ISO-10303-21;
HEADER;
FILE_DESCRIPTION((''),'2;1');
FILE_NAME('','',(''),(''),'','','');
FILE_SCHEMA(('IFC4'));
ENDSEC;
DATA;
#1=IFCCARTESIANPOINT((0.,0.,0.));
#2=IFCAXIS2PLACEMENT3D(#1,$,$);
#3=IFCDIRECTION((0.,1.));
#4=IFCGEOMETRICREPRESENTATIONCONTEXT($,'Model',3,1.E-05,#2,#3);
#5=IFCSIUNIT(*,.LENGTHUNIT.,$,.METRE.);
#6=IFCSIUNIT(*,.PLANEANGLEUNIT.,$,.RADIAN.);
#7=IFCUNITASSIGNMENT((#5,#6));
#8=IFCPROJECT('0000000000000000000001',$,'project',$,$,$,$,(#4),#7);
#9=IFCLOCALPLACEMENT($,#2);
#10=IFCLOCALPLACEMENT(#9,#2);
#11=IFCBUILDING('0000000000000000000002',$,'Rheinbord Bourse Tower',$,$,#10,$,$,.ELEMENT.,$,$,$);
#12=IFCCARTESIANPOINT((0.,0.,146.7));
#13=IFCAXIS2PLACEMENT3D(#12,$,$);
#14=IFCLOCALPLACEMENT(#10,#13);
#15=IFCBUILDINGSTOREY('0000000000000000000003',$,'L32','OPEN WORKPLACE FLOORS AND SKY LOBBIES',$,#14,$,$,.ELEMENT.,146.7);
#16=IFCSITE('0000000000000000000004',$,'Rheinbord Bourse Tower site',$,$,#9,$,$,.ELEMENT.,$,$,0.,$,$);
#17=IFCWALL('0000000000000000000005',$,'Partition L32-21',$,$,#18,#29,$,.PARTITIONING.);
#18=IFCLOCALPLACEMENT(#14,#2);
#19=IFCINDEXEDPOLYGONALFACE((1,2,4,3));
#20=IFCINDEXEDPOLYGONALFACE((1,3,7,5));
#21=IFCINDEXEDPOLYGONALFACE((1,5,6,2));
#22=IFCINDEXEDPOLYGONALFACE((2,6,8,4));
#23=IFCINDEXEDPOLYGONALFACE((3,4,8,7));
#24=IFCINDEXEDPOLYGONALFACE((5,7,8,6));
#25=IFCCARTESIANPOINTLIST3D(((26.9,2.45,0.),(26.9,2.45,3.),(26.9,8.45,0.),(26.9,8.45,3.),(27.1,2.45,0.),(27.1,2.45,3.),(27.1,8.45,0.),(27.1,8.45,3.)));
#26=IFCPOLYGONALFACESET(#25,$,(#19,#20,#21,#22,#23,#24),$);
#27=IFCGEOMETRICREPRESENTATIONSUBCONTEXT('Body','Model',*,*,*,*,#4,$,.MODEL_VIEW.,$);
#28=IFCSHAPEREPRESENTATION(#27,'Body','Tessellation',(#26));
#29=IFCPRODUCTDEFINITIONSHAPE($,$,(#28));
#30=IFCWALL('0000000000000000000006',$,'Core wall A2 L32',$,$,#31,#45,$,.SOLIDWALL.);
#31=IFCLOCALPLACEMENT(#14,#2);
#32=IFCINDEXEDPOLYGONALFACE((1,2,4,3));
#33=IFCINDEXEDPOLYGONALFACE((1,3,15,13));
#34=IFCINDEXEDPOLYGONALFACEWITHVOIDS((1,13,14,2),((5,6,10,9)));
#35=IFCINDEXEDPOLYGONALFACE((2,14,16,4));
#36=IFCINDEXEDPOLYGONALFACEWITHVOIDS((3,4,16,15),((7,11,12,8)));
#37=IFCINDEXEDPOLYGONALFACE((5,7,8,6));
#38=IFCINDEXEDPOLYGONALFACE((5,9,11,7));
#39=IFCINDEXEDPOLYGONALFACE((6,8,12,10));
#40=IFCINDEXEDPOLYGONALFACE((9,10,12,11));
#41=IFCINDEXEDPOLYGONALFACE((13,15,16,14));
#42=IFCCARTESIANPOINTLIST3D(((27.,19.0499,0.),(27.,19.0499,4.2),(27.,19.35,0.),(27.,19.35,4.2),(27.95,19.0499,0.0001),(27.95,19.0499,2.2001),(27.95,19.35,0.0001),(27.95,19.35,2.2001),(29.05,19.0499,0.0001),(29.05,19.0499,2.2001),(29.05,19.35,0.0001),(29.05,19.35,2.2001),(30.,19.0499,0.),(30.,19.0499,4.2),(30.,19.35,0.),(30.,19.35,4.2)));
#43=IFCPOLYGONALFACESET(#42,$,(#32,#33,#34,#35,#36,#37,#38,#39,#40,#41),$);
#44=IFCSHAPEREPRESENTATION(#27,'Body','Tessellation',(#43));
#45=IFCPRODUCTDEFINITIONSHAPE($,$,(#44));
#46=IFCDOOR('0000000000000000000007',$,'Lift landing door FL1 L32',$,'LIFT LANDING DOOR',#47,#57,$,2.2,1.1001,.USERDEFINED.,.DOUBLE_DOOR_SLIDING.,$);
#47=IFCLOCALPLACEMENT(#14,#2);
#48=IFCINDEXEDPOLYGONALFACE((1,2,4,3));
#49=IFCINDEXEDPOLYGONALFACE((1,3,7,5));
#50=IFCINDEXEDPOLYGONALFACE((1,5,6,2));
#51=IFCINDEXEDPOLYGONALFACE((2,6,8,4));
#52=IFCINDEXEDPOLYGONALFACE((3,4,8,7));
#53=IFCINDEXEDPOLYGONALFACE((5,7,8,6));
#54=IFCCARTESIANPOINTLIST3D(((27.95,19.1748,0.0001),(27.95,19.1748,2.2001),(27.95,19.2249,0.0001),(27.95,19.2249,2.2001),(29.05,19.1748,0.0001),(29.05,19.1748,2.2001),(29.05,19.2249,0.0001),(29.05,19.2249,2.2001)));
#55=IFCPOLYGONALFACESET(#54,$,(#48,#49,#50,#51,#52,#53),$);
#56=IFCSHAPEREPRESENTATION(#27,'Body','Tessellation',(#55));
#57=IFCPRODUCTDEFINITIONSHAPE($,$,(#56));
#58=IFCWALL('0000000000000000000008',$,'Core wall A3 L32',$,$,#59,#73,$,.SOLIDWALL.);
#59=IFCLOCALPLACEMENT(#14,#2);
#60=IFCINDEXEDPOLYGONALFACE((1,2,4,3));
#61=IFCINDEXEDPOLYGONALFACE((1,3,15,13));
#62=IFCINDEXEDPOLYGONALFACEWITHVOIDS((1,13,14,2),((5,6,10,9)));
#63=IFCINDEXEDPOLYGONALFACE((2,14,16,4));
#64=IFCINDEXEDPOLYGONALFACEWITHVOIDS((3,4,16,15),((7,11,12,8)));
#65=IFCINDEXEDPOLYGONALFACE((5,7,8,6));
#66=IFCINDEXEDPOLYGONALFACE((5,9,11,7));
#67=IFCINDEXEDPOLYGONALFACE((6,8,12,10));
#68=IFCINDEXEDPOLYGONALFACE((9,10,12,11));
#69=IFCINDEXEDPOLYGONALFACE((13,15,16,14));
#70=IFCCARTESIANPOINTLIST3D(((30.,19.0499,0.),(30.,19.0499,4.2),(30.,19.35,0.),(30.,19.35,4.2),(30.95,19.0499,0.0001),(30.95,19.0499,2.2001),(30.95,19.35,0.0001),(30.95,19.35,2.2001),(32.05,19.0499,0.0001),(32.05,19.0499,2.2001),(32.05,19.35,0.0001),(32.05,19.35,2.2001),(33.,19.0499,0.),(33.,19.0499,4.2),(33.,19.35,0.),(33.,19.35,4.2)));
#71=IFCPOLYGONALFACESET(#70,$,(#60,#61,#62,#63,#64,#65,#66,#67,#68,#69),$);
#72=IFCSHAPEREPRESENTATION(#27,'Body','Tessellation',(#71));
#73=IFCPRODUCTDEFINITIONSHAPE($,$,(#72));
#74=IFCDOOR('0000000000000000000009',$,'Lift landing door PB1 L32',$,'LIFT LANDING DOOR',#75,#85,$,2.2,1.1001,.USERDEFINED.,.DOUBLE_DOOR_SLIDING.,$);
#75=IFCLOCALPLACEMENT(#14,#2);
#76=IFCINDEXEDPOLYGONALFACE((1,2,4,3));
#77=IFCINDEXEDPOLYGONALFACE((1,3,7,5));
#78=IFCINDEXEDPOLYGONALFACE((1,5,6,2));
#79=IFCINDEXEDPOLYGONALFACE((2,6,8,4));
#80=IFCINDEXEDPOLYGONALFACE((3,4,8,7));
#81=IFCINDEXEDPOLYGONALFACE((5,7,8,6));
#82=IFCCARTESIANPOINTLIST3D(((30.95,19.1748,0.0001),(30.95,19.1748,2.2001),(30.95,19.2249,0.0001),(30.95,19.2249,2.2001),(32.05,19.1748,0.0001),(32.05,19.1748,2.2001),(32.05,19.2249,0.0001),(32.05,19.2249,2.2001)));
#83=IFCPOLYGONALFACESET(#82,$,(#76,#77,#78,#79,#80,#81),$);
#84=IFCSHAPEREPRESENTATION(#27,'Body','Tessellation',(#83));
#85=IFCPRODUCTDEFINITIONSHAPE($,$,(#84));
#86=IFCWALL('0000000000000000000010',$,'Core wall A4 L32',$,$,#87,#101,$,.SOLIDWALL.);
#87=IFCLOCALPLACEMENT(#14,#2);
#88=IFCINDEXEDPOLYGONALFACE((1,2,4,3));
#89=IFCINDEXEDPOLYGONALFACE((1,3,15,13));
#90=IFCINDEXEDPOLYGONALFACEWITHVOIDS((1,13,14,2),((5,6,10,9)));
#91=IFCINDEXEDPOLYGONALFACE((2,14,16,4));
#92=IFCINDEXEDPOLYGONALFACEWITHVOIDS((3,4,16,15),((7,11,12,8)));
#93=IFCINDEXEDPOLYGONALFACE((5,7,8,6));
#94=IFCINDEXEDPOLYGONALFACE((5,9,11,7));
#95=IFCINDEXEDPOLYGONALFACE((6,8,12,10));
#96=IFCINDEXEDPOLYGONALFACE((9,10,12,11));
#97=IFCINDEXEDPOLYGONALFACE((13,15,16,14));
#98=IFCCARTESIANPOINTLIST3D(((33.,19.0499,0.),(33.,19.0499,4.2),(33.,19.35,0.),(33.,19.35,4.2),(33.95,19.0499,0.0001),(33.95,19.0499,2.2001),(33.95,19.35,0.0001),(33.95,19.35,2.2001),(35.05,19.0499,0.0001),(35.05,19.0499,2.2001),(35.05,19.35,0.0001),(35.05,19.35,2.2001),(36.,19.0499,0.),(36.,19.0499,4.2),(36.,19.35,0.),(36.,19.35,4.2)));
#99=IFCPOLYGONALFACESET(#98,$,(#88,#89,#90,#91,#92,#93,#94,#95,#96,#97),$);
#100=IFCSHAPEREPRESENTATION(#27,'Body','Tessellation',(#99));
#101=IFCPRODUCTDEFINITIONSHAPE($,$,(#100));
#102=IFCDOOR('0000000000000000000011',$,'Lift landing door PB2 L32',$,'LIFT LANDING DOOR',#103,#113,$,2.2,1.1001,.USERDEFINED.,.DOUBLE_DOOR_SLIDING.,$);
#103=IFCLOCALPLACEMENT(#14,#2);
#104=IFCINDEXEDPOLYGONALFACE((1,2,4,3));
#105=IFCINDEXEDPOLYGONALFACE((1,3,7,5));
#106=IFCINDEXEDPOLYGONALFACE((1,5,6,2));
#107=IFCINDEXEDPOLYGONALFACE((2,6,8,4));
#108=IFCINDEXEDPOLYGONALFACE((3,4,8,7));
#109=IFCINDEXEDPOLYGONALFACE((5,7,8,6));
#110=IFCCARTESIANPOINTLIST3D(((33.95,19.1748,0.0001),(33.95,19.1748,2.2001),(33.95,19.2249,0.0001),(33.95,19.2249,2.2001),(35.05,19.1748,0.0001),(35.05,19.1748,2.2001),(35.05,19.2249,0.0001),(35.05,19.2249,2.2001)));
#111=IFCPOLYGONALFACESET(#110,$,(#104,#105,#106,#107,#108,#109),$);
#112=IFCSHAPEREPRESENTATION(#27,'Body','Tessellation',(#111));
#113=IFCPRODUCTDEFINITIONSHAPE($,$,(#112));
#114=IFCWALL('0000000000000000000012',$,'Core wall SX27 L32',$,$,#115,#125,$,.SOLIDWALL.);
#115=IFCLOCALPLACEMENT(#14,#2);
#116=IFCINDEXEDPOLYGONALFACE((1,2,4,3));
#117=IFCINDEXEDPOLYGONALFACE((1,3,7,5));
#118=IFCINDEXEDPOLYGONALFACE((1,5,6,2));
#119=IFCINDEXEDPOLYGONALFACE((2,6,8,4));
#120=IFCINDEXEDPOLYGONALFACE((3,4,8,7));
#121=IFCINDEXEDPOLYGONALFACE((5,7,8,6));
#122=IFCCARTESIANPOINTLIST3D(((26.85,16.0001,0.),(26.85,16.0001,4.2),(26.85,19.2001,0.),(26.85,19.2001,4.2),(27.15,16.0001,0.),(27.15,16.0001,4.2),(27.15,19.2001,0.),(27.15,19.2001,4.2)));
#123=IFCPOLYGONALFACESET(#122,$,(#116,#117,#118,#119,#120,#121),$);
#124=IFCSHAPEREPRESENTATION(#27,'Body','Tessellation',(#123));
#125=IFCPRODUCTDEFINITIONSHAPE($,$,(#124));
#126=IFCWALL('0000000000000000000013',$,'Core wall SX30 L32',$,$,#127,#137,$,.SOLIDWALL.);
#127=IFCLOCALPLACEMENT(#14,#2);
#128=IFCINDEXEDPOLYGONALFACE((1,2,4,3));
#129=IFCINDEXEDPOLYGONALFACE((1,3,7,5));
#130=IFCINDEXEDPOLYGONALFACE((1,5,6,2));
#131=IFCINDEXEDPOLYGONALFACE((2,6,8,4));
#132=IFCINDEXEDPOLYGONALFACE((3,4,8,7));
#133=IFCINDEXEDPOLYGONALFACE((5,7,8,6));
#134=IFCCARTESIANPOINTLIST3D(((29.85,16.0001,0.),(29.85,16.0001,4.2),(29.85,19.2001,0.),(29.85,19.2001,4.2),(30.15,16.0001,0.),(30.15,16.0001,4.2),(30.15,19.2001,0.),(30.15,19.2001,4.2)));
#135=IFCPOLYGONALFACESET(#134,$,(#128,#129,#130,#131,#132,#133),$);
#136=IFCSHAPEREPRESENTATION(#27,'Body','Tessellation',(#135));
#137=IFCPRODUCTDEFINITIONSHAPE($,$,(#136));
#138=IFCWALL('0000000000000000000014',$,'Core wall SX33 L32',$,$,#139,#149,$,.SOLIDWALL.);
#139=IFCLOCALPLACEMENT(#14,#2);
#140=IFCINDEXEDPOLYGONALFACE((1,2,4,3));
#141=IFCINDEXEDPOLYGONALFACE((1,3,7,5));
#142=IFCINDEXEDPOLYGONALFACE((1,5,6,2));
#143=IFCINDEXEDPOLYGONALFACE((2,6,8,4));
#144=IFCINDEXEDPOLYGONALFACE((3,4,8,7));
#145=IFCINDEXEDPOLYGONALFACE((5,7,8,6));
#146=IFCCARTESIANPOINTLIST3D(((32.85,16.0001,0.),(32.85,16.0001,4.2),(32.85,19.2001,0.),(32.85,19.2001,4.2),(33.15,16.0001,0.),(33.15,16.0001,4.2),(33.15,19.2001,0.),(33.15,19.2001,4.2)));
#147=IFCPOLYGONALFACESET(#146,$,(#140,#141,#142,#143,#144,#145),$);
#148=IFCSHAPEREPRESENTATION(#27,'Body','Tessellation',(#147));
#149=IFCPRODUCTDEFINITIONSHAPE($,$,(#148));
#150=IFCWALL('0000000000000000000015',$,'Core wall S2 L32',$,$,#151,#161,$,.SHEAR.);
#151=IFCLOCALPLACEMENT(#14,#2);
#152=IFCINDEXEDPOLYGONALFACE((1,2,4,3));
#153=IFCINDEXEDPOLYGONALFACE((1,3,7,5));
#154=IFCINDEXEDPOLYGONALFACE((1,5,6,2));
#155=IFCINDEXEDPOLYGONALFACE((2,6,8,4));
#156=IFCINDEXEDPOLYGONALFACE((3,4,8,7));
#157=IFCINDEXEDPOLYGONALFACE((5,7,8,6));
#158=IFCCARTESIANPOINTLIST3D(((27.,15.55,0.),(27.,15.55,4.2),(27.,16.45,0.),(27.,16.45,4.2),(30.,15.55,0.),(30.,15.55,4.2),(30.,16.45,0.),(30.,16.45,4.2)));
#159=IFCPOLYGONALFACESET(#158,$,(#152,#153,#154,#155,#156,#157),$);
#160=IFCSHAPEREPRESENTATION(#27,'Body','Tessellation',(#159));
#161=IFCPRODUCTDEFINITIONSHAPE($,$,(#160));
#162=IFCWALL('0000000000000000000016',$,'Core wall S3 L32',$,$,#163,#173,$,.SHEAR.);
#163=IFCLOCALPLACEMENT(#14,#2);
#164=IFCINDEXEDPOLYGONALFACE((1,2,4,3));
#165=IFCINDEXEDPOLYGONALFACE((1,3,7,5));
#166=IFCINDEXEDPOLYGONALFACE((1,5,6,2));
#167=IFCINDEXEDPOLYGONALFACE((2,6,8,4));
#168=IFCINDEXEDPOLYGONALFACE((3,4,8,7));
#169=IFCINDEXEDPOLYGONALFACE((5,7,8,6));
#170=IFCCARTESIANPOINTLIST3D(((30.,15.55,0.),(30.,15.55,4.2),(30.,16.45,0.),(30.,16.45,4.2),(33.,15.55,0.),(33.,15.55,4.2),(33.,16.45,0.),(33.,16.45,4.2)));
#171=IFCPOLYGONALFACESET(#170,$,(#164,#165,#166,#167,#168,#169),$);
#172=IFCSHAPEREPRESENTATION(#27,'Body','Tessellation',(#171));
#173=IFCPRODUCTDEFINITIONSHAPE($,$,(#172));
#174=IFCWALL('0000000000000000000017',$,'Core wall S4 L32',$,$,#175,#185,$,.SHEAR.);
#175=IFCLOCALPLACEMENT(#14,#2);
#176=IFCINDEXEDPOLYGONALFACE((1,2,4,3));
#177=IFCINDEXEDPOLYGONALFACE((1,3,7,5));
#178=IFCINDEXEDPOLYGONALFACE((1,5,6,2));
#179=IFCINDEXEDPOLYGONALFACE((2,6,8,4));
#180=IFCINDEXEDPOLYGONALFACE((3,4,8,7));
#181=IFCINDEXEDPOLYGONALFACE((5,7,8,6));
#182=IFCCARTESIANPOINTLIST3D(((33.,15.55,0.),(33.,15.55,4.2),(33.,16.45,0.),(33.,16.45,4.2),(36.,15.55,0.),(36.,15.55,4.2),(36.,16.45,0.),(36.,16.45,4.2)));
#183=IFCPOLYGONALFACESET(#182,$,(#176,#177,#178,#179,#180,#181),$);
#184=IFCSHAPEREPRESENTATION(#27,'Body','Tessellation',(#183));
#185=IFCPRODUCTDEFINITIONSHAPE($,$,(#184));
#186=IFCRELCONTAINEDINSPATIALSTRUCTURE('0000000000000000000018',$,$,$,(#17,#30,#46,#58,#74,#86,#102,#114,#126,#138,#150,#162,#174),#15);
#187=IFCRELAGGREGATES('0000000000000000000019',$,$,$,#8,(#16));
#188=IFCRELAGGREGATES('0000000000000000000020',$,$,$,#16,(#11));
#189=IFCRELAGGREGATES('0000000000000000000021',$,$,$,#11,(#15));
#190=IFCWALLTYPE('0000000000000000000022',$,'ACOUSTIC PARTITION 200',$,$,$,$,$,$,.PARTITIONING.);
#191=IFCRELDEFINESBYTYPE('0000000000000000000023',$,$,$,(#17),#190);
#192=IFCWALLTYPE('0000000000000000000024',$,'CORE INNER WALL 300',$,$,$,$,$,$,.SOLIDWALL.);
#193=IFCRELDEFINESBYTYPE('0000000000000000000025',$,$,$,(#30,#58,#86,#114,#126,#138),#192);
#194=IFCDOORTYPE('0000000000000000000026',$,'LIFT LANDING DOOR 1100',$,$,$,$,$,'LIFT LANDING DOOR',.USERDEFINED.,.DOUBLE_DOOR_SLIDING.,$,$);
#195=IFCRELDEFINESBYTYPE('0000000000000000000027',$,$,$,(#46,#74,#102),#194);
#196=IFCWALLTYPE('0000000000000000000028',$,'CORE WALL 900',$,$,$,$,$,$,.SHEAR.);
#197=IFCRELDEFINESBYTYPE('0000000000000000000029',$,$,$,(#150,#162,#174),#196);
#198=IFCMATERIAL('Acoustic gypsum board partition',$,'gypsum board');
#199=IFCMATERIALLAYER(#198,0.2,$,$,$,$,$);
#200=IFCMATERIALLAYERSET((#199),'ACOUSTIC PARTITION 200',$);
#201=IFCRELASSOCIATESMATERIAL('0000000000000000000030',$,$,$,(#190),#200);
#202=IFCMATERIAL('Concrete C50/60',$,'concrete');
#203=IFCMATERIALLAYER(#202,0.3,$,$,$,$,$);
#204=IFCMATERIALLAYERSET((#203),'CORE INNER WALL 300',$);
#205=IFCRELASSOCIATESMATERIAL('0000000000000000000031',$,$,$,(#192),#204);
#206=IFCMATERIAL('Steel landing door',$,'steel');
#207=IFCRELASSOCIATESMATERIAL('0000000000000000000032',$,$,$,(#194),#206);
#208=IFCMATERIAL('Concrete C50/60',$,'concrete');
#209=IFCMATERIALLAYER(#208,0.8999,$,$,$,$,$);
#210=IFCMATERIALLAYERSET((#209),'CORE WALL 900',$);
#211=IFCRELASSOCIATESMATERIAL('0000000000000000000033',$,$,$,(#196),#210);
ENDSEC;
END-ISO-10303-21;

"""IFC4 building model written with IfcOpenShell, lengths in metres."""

from ifc_helpers import new_model, si_unit, direction, frame, frame_2d, origin, place, context, subcontext, project, spatial, rectangle, extrude, material, layer, layer_set, type_object, element, fill, save


model = new_model("IFC4")

# Units and contexts
model_context = context("Model", 3, precision=1e-05, world=origin(), true_north=direction((0.0, 1.0)))
body_context = subcontext(model_context, "Body", "Model", "MODEL_VIEW")
ifc_project = project(units=[si_unit("LENGTHUNIT", "METRE"), si_unit("PLANEANGLEUNIT", "RADIAN")], contexts=[model_context])

# Site, building, storey
site_placement = place(None, origin())
site = spatial("IfcSite", under=ifc_project, at=site_placement, Name="Rheinbord Bourse Tower site", CompositionType="ELEMENT", RefElevation=0.0)
building_placement = place(site_placement, origin())
building = spatial("IfcBuilding", under=site, at=building_placement, Name="Rheinbord Bourse Tower", CompositionType="ELEMENT")
storey_placement = place(building_placement, frame((0.0, 0.0, 146.7)))
storey = spatial("IfcBuildingStorey", under=building, at=storey_placement, Name="L32", Description="OPEN WORKPLACE FLOORS AND SKY LOBBIES", CompositionType="ELEMENT", Elevation=146.7)

# Wall
ifc_material_1 = material(Name="Acoustic gypsum board partition", Category="gypsum board")
ifc_layer_1 = layer(ifc_material_1, 0.2)
ifc_layer_set_1 = layer_set([ifc_layer_1], Name="ACOUSTIC PARTITION 200")
wall_type_1 = type_object("IfcWallType", Name="ACOUSTIC PARTITION 200", PredefinedType="PARTITIONING", material=ifc_layer_set_1)
wall_1_placement = place(storey_placement, frame((27.0, 2.45, 0.0), z_axis=(0.0, 0.0, 1.0), x_axis=(0.0, 1.0, 0.0)))
element("IfcWall", 1, at=wall_1_placement, inside=storey, type_object=wall_type_1, Name="Partition L32-21", PredefinedType="PARTITIONING", context=body_context, shape_type="SweptSolid", body=[
    extrude(rectangle(XDim=6.0, YDim=0.2, at=frame_2d((3.0, 0.0))), origin(), (0.0, 0.0, 1.0), 3.0),
])

# Walls, openings, doors
ifc_material_2 = material(Name="Concrete C50/60", Category="concrete")
ifc_layer_2 = layer(ifc_material_2, 0.3)
ifc_layer_set_2 = layer_set([ifc_layer_2], Name="CORE INNER WALL 300")
wall_type_2 = type_object("IfcWallType", Name="CORE INNER WALL 300", PredefinedType="SOLIDWALL", material=ifc_layer_set_2)
wall_2_placement = place(storey_placement, frame((27.0, 19.2, 0.0), z_axis=(0.0, 0.0, 1.0), x_axis=(1.0, 0.0, 0.0)))
wall_2 = element("IfcWall", 2, at=wall_2_placement, inside=storey, type_object=wall_type_2, Name="Core wall A2 L32", PredefinedType="SOLIDWALL", context=body_context, shape_type="SweptSolid", body=[
    extrude(rectangle(XDim=3.0, YDim=0.3, at=frame_2d((1.5, 0.0))), origin(), (0.0, 0.0, 1.0), 4.2),
])
opening_1_placement = place(wall_2_placement, frame((0.95, 0.0, 0.0)))
opening_1 = element("IfcOpeningElement", 3, at=opening_1_placement, cuts=wall_2, PredefinedType="OPENING", context=body_context, shape_type="SweptSolid", body=[
    extrude(rectangle(XDim=1.1001, YDim=2.2, at=frame_2d((0.55, 1.1001))), frame((0.0, 0.1599, 0.0), z_axis=(0.0, -1.0, 0.0), x_axis=(1.0, 0.0, 0.0)), (0.0, 0.0, 1.0), 0.3201),
])
ifc_material_3 = material(Name="Steel landing door", Category="steel")
door_type_1 = type_object("IfcDoorType", Name="LIFT LANDING DOOR 1100", ElementType="LIFT LANDING DOOR", OperationType="DOUBLE_DOOR_SLIDING", PredefinedType="USERDEFINED", material=ifc_material_3)
door_1_placement = place(opening_1_placement, origin())
door_1 = element("IfcDoor", 4, at=door_1_placement, inside=storey, type_object=door_type_1, Name="Lift landing door FL1 L32", ObjectType="LIFT LANDING DOOR", OperationType="DOUBLE_DOOR_SLIDING", OverallHeight=2.2, OverallWidth=1.1001, PredefinedType="USERDEFINED", context=body_context, shape_type="SweptSolid", body=[
    extrude(rectangle(XDim=1.1001, YDim=2.2, at=frame_2d((0.55, 1.1001))), frame((0.0, 0.0249, 0.0), z_axis=(0.0, -1.0, 0.0), x_axis=(1.0, 0.0, 0.0)), (0.0, 0.0, 1.0), 0.05),
])
fill(opening_1, door_1)
wall_3_placement = place(storey_placement, frame((30.0, 19.2, 0.0), z_axis=(0.0, 0.0, 1.0), x_axis=(1.0, 0.0, 0.0)))
wall_3 = element("IfcWall", 5, at=wall_3_placement, inside=storey, type_object=wall_type_2, Name="Core wall A3 L32", PredefinedType="SOLIDWALL", context=body_context, shape_type="SweptSolid", body=[
    extrude(rectangle(XDim=3.0, YDim=0.3, at=frame_2d((1.5, 0.0))), origin(), (0.0, 0.0, 1.0), 4.2),
])
opening_2_placement = place(wall_3_placement, frame((0.95, 0.0, 0.0)))
opening_2 = element("IfcOpeningElement", 6, at=opening_2_placement, cuts=wall_3, PredefinedType="OPENING", context=body_context, shape_type="SweptSolid", body=[
    extrude(rectangle(XDim=1.1001, YDim=2.2, at=frame_2d((0.55, 1.1001))), frame((0.0, 0.1599, 0.0), z_axis=(0.0, -1.0, 0.0), x_axis=(1.0, 0.0, 0.0)), (0.0, 0.0, 1.0), 0.3201),
])
door_2_placement = place(opening_2_placement, origin())
door_2 = element("IfcDoor", 7, at=door_2_placement, inside=storey, type_object=door_type_1, Name="Lift landing door PB1 L32", ObjectType="LIFT LANDING DOOR", OperationType="DOUBLE_DOOR_SLIDING", OverallHeight=2.2, OverallWidth=1.1001, PredefinedType="USERDEFINED", context=body_context, shape_type="SweptSolid", body=[
    extrude(rectangle(XDim=1.1001, YDim=2.2, at=frame_2d((0.55, 1.1001))), frame((0.0, 0.0249, 0.0), z_axis=(0.0, -1.0, 0.0), x_axis=(1.0, 0.0, 0.0)), (0.0, 0.0, 1.0), 0.05),
])
fill(opening_2, door_2)
wall_4_placement = place(storey_placement, frame((33.0, 19.2, 0.0), z_axis=(0.0, 0.0, 1.0), x_axis=(1.0, 0.0, 0.0)))
wall_4 = element("IfcWall", 8, at=wall_4_placement, inside=storey, type_object=wall_type_2, Name="Core wall A4 L32", PredefinedType="SOLIDWALL", context=body_context, shape_type="SweptSolid", body=[
    extrude(rectangle(XDim=3.0, YDim=0.3, at=frame_2d((1.5, 0.0))), origin(), (0.0, 0.0, 1.0), 4.2),
])
opening_3_placement = place(wall_4_placement, frame((0.95, 0.0, 0.0)))
opening_3 = element("IfcOpeningElement", 9, at=opening_3_placement, cuts=wall_4, PredefinedType="OPENING", context=body_context, shape_type="SweptSolid", body=[
    extrude(rectangle(XDim=1.1001, YDim=2.2, at=frame_2d((0.55, 1.1001))), frame((0.0, 0.1599, 0.0), z_axis=(0.0, -1.0, 0.0), x_axis=(1.0, 0.0, 0.0)), (0.0, 0.0, 1.0), 0.3201),
])
door_3_placement = place(opening_3_placement, origin())
door_3 = element("IfcDoor", 10, at=door_3_placement, inside=storey, type_object=door_type_1, Name="Lift landing door PB2 L32", ObjectType="LIFT LANDING DOOR", OperationType="DOUBLE_DOOR_SLIDING", OverallHeight=2.2, OverallWidth=1.1001, PredefinedType="USERDEFINED", context=body_context, shape_type="SweptSolid", body=[
    extrude(rectangle(XDim=1.1001, YDim=2.2, at=frame_2d((0.55, 1.1001))), frame((0.0, 0.0249, 0.0), z_axis=(0.0, -1.0, 0.0), x_axis=(1.0, 0.0, 0.0)), (0.0, 0.0, 1.0), 0.05),
])
fill(opening_3, door_3)

# Walls
for number, where, z_axis, x_axis, name in (
    (11, (27.0, 16.0, 0.0), (0.0, 0.0, 1.0), (0.0, 1.0, 0.0), "Core wall SX27 L32"),
    (12, (30.0, 16.0, 0.0), (0.0, 0.0, 1.0), (0.0, 1.0, 0.0), "Core wall SX30 L32"),
    (13, (33.0, 16.0, 0.0), (0.0, 0.0, 1.0), (0.0, 1.0, 0.0), "Core wall SX33 L32"),
):
    element("IfcWall", number, at=place(storey_placement, frame(where, z_axis=z_axis, x_axis=x_axis)), inside=storey, type_object=wall_type_2, Name=name, PredefinedType="SOLIDWALL", context=body_context, shape_type="SweptSolid", body=[
        extrude(rectangle(XDim=3.2, YDim=0.3, at=frame_2d((1.6001, 0.0))), origin(), (0.0, 0.0, 1.0), 4.2),
    ])
ifc_material_4 = material(Name="Concrete C50/60", Category="concrete")
ifc_layer_3 = layer(ifc_material_4, 0.8999)
ifc_layer_set_3 = layer_set([ifc_layer_3], Name="CORE WALL 900")
wall_type_3 = type_object("IfcWallType", Name="CORE WALL 900", PredefinedType="SHEAR", material=ifc_layer_set_3)
for number, where, z_axis, x_axis, name in (
    (14, (27.0, 16.0, 0.0), (0.0, 0.0, 1.0), (1.0, 0.0, 0.0), "Core wall S2 L32"),
    (15, (30.0, 16.0, 0.0), (0.0, 0.0, 1.0), (1.0, 0.0, 0.0), "Core wall S3 L32"),
    (16, (33.0, 16.0, 0.0), (0.0, 0.0, 1.0), (1.0, 0.0, 0.0), "Core wall S4 L32"),
):
    element("IfcWall", number, at=place(storey_placement, frame(where, z_axis=z_axis, x_axis=x_axis)), inside=storey, type_object=wall_type_3, Name=name, PredefinedType="SHEAR", context=body_context, shape_type="SweptSolid", body=[
        extrude(rectangle(XDim=3.0, YDim=0.8999, at=frame_2d((1.5, 0.0))), origin(), (0.0, 0.0, 1.0), 4.2),
    ])

save(model, "model.ifc")
